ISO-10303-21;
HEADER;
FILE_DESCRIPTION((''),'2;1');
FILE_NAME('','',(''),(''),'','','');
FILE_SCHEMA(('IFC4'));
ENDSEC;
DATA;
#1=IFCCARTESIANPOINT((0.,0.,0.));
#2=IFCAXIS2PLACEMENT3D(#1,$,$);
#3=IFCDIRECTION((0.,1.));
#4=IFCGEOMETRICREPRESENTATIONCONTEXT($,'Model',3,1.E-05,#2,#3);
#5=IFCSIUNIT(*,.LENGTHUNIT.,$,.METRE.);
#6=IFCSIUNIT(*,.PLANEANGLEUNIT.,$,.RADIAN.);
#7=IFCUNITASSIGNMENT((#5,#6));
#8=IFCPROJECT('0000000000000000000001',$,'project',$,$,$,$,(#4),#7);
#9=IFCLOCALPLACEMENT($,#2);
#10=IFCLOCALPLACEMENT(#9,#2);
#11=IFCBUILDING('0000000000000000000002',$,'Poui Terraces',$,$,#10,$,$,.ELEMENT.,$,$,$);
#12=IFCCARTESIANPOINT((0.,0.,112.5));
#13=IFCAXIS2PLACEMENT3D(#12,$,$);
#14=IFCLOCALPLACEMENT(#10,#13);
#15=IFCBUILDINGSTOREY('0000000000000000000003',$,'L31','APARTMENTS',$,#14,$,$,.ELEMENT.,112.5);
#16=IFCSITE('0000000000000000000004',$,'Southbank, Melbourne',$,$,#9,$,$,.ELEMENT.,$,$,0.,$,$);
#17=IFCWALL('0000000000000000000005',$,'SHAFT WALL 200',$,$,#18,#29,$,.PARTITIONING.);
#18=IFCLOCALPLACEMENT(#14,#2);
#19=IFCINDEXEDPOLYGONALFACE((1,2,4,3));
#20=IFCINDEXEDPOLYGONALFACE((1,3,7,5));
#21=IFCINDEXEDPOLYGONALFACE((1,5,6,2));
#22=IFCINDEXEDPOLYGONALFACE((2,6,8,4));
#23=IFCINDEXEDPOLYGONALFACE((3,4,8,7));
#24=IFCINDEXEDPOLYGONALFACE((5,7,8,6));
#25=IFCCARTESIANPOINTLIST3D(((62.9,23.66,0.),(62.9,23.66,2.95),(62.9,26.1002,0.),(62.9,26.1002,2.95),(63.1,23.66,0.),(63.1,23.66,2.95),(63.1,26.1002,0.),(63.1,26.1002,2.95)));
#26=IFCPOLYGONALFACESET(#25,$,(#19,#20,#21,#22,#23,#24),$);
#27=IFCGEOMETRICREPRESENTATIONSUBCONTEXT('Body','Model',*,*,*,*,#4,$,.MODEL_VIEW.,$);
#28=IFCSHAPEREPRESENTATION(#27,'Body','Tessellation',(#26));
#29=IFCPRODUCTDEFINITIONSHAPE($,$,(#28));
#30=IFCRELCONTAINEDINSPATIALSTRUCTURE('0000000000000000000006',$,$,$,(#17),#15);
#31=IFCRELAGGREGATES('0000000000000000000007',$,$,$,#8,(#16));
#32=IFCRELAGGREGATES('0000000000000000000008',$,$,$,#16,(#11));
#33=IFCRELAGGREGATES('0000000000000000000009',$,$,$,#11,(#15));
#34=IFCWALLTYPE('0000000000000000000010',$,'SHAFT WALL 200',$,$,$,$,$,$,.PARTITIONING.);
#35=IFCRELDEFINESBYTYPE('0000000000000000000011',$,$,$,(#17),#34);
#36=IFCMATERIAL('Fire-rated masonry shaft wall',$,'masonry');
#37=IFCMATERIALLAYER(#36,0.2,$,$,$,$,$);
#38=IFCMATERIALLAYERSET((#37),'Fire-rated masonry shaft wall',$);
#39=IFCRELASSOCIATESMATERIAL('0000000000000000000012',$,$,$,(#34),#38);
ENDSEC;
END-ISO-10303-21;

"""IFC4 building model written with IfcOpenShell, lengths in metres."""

from ifc_helpers import new_model, si_unit, direction, frame, frame_2d, origin, place, context, subcontext, project, spatial, rectangle, extrude, material, layer, layer_set, type_object, element, save


model = new_model("IFC4")

# Units and contexts
model_context = context("Model", 3, precision=1e-05, world=origin(), true_north=direction((0.0, 1.0)))
body_context = subcontext(model_context, "Body", "Model", "MODEL_VIEW")
ifc_project = project(units=[si_unit("LENGTHUNIT", "METRE"), si_unit("PLANEANGLEUNIT", "RADIAN")], contexts=[model_context])

# Site, building, storey
site_placement = place(None, origin())
site = spatial("IfcSite", under=ifc_project, at=site_placement, Name="Southbank, Melbourne", CompositionType="ELEMENT", RefElevation=0.0)
building_placement = place(site_placement, origin())
building = spatial("IfcBuilding", under=site, at=building_placement, Name="Poui Terraces", CompositionType="ELEMENT")
storey_placement = place(building_placement, frame((0.0, 0.0, 112.5)))
storey = spatial("IfcBuildingStorey", under=building, at=storey_placement, Name="L31", Description="APARTMENTS", CompositionType="ELEMENT", Elevation=112.5)

# Wall
ifc_material_1 = material(Name="Fire-rated masonry shaft wall", Category="masonry")
ifc_layer_1 = layer(ifc_material_1, 0.2)
ifc_layer_set_1 = layer_set([ifc_layer_1], Name="Fire-rated masonry shaft wall")
wall_type_1 = type_object("IfcWallType", Name="SHAFT WALL 200", PredefinedType="PARTITIONING", material=ifc_layer_set_1)
for number, where, z_axis, x_axis, name in (
    (1, (63.0, 23.6599, 0.0), (0.0, 0.0, 1.0), (0.0, 1.0, 0.0), "SHAFT WALL 200"),
):
    element("IfcWall", number, at=place(storey_placement, frame(where, z_axis=z_axis, x_axis=x_axis)), inside=storey, type_object=wall_type_1, Name=name, PredefinedType="PARTITIONING", context=body_context, shape_type="SweptSolid", body=[
        extrude(rectangle(XDim=2.4402, YDim=0.2, at=frame_2d((1.2202, 0.0))), origin(), (0.0, 0.0, 1.0), 2.95),
    ])

save(model, "model.ifc")
